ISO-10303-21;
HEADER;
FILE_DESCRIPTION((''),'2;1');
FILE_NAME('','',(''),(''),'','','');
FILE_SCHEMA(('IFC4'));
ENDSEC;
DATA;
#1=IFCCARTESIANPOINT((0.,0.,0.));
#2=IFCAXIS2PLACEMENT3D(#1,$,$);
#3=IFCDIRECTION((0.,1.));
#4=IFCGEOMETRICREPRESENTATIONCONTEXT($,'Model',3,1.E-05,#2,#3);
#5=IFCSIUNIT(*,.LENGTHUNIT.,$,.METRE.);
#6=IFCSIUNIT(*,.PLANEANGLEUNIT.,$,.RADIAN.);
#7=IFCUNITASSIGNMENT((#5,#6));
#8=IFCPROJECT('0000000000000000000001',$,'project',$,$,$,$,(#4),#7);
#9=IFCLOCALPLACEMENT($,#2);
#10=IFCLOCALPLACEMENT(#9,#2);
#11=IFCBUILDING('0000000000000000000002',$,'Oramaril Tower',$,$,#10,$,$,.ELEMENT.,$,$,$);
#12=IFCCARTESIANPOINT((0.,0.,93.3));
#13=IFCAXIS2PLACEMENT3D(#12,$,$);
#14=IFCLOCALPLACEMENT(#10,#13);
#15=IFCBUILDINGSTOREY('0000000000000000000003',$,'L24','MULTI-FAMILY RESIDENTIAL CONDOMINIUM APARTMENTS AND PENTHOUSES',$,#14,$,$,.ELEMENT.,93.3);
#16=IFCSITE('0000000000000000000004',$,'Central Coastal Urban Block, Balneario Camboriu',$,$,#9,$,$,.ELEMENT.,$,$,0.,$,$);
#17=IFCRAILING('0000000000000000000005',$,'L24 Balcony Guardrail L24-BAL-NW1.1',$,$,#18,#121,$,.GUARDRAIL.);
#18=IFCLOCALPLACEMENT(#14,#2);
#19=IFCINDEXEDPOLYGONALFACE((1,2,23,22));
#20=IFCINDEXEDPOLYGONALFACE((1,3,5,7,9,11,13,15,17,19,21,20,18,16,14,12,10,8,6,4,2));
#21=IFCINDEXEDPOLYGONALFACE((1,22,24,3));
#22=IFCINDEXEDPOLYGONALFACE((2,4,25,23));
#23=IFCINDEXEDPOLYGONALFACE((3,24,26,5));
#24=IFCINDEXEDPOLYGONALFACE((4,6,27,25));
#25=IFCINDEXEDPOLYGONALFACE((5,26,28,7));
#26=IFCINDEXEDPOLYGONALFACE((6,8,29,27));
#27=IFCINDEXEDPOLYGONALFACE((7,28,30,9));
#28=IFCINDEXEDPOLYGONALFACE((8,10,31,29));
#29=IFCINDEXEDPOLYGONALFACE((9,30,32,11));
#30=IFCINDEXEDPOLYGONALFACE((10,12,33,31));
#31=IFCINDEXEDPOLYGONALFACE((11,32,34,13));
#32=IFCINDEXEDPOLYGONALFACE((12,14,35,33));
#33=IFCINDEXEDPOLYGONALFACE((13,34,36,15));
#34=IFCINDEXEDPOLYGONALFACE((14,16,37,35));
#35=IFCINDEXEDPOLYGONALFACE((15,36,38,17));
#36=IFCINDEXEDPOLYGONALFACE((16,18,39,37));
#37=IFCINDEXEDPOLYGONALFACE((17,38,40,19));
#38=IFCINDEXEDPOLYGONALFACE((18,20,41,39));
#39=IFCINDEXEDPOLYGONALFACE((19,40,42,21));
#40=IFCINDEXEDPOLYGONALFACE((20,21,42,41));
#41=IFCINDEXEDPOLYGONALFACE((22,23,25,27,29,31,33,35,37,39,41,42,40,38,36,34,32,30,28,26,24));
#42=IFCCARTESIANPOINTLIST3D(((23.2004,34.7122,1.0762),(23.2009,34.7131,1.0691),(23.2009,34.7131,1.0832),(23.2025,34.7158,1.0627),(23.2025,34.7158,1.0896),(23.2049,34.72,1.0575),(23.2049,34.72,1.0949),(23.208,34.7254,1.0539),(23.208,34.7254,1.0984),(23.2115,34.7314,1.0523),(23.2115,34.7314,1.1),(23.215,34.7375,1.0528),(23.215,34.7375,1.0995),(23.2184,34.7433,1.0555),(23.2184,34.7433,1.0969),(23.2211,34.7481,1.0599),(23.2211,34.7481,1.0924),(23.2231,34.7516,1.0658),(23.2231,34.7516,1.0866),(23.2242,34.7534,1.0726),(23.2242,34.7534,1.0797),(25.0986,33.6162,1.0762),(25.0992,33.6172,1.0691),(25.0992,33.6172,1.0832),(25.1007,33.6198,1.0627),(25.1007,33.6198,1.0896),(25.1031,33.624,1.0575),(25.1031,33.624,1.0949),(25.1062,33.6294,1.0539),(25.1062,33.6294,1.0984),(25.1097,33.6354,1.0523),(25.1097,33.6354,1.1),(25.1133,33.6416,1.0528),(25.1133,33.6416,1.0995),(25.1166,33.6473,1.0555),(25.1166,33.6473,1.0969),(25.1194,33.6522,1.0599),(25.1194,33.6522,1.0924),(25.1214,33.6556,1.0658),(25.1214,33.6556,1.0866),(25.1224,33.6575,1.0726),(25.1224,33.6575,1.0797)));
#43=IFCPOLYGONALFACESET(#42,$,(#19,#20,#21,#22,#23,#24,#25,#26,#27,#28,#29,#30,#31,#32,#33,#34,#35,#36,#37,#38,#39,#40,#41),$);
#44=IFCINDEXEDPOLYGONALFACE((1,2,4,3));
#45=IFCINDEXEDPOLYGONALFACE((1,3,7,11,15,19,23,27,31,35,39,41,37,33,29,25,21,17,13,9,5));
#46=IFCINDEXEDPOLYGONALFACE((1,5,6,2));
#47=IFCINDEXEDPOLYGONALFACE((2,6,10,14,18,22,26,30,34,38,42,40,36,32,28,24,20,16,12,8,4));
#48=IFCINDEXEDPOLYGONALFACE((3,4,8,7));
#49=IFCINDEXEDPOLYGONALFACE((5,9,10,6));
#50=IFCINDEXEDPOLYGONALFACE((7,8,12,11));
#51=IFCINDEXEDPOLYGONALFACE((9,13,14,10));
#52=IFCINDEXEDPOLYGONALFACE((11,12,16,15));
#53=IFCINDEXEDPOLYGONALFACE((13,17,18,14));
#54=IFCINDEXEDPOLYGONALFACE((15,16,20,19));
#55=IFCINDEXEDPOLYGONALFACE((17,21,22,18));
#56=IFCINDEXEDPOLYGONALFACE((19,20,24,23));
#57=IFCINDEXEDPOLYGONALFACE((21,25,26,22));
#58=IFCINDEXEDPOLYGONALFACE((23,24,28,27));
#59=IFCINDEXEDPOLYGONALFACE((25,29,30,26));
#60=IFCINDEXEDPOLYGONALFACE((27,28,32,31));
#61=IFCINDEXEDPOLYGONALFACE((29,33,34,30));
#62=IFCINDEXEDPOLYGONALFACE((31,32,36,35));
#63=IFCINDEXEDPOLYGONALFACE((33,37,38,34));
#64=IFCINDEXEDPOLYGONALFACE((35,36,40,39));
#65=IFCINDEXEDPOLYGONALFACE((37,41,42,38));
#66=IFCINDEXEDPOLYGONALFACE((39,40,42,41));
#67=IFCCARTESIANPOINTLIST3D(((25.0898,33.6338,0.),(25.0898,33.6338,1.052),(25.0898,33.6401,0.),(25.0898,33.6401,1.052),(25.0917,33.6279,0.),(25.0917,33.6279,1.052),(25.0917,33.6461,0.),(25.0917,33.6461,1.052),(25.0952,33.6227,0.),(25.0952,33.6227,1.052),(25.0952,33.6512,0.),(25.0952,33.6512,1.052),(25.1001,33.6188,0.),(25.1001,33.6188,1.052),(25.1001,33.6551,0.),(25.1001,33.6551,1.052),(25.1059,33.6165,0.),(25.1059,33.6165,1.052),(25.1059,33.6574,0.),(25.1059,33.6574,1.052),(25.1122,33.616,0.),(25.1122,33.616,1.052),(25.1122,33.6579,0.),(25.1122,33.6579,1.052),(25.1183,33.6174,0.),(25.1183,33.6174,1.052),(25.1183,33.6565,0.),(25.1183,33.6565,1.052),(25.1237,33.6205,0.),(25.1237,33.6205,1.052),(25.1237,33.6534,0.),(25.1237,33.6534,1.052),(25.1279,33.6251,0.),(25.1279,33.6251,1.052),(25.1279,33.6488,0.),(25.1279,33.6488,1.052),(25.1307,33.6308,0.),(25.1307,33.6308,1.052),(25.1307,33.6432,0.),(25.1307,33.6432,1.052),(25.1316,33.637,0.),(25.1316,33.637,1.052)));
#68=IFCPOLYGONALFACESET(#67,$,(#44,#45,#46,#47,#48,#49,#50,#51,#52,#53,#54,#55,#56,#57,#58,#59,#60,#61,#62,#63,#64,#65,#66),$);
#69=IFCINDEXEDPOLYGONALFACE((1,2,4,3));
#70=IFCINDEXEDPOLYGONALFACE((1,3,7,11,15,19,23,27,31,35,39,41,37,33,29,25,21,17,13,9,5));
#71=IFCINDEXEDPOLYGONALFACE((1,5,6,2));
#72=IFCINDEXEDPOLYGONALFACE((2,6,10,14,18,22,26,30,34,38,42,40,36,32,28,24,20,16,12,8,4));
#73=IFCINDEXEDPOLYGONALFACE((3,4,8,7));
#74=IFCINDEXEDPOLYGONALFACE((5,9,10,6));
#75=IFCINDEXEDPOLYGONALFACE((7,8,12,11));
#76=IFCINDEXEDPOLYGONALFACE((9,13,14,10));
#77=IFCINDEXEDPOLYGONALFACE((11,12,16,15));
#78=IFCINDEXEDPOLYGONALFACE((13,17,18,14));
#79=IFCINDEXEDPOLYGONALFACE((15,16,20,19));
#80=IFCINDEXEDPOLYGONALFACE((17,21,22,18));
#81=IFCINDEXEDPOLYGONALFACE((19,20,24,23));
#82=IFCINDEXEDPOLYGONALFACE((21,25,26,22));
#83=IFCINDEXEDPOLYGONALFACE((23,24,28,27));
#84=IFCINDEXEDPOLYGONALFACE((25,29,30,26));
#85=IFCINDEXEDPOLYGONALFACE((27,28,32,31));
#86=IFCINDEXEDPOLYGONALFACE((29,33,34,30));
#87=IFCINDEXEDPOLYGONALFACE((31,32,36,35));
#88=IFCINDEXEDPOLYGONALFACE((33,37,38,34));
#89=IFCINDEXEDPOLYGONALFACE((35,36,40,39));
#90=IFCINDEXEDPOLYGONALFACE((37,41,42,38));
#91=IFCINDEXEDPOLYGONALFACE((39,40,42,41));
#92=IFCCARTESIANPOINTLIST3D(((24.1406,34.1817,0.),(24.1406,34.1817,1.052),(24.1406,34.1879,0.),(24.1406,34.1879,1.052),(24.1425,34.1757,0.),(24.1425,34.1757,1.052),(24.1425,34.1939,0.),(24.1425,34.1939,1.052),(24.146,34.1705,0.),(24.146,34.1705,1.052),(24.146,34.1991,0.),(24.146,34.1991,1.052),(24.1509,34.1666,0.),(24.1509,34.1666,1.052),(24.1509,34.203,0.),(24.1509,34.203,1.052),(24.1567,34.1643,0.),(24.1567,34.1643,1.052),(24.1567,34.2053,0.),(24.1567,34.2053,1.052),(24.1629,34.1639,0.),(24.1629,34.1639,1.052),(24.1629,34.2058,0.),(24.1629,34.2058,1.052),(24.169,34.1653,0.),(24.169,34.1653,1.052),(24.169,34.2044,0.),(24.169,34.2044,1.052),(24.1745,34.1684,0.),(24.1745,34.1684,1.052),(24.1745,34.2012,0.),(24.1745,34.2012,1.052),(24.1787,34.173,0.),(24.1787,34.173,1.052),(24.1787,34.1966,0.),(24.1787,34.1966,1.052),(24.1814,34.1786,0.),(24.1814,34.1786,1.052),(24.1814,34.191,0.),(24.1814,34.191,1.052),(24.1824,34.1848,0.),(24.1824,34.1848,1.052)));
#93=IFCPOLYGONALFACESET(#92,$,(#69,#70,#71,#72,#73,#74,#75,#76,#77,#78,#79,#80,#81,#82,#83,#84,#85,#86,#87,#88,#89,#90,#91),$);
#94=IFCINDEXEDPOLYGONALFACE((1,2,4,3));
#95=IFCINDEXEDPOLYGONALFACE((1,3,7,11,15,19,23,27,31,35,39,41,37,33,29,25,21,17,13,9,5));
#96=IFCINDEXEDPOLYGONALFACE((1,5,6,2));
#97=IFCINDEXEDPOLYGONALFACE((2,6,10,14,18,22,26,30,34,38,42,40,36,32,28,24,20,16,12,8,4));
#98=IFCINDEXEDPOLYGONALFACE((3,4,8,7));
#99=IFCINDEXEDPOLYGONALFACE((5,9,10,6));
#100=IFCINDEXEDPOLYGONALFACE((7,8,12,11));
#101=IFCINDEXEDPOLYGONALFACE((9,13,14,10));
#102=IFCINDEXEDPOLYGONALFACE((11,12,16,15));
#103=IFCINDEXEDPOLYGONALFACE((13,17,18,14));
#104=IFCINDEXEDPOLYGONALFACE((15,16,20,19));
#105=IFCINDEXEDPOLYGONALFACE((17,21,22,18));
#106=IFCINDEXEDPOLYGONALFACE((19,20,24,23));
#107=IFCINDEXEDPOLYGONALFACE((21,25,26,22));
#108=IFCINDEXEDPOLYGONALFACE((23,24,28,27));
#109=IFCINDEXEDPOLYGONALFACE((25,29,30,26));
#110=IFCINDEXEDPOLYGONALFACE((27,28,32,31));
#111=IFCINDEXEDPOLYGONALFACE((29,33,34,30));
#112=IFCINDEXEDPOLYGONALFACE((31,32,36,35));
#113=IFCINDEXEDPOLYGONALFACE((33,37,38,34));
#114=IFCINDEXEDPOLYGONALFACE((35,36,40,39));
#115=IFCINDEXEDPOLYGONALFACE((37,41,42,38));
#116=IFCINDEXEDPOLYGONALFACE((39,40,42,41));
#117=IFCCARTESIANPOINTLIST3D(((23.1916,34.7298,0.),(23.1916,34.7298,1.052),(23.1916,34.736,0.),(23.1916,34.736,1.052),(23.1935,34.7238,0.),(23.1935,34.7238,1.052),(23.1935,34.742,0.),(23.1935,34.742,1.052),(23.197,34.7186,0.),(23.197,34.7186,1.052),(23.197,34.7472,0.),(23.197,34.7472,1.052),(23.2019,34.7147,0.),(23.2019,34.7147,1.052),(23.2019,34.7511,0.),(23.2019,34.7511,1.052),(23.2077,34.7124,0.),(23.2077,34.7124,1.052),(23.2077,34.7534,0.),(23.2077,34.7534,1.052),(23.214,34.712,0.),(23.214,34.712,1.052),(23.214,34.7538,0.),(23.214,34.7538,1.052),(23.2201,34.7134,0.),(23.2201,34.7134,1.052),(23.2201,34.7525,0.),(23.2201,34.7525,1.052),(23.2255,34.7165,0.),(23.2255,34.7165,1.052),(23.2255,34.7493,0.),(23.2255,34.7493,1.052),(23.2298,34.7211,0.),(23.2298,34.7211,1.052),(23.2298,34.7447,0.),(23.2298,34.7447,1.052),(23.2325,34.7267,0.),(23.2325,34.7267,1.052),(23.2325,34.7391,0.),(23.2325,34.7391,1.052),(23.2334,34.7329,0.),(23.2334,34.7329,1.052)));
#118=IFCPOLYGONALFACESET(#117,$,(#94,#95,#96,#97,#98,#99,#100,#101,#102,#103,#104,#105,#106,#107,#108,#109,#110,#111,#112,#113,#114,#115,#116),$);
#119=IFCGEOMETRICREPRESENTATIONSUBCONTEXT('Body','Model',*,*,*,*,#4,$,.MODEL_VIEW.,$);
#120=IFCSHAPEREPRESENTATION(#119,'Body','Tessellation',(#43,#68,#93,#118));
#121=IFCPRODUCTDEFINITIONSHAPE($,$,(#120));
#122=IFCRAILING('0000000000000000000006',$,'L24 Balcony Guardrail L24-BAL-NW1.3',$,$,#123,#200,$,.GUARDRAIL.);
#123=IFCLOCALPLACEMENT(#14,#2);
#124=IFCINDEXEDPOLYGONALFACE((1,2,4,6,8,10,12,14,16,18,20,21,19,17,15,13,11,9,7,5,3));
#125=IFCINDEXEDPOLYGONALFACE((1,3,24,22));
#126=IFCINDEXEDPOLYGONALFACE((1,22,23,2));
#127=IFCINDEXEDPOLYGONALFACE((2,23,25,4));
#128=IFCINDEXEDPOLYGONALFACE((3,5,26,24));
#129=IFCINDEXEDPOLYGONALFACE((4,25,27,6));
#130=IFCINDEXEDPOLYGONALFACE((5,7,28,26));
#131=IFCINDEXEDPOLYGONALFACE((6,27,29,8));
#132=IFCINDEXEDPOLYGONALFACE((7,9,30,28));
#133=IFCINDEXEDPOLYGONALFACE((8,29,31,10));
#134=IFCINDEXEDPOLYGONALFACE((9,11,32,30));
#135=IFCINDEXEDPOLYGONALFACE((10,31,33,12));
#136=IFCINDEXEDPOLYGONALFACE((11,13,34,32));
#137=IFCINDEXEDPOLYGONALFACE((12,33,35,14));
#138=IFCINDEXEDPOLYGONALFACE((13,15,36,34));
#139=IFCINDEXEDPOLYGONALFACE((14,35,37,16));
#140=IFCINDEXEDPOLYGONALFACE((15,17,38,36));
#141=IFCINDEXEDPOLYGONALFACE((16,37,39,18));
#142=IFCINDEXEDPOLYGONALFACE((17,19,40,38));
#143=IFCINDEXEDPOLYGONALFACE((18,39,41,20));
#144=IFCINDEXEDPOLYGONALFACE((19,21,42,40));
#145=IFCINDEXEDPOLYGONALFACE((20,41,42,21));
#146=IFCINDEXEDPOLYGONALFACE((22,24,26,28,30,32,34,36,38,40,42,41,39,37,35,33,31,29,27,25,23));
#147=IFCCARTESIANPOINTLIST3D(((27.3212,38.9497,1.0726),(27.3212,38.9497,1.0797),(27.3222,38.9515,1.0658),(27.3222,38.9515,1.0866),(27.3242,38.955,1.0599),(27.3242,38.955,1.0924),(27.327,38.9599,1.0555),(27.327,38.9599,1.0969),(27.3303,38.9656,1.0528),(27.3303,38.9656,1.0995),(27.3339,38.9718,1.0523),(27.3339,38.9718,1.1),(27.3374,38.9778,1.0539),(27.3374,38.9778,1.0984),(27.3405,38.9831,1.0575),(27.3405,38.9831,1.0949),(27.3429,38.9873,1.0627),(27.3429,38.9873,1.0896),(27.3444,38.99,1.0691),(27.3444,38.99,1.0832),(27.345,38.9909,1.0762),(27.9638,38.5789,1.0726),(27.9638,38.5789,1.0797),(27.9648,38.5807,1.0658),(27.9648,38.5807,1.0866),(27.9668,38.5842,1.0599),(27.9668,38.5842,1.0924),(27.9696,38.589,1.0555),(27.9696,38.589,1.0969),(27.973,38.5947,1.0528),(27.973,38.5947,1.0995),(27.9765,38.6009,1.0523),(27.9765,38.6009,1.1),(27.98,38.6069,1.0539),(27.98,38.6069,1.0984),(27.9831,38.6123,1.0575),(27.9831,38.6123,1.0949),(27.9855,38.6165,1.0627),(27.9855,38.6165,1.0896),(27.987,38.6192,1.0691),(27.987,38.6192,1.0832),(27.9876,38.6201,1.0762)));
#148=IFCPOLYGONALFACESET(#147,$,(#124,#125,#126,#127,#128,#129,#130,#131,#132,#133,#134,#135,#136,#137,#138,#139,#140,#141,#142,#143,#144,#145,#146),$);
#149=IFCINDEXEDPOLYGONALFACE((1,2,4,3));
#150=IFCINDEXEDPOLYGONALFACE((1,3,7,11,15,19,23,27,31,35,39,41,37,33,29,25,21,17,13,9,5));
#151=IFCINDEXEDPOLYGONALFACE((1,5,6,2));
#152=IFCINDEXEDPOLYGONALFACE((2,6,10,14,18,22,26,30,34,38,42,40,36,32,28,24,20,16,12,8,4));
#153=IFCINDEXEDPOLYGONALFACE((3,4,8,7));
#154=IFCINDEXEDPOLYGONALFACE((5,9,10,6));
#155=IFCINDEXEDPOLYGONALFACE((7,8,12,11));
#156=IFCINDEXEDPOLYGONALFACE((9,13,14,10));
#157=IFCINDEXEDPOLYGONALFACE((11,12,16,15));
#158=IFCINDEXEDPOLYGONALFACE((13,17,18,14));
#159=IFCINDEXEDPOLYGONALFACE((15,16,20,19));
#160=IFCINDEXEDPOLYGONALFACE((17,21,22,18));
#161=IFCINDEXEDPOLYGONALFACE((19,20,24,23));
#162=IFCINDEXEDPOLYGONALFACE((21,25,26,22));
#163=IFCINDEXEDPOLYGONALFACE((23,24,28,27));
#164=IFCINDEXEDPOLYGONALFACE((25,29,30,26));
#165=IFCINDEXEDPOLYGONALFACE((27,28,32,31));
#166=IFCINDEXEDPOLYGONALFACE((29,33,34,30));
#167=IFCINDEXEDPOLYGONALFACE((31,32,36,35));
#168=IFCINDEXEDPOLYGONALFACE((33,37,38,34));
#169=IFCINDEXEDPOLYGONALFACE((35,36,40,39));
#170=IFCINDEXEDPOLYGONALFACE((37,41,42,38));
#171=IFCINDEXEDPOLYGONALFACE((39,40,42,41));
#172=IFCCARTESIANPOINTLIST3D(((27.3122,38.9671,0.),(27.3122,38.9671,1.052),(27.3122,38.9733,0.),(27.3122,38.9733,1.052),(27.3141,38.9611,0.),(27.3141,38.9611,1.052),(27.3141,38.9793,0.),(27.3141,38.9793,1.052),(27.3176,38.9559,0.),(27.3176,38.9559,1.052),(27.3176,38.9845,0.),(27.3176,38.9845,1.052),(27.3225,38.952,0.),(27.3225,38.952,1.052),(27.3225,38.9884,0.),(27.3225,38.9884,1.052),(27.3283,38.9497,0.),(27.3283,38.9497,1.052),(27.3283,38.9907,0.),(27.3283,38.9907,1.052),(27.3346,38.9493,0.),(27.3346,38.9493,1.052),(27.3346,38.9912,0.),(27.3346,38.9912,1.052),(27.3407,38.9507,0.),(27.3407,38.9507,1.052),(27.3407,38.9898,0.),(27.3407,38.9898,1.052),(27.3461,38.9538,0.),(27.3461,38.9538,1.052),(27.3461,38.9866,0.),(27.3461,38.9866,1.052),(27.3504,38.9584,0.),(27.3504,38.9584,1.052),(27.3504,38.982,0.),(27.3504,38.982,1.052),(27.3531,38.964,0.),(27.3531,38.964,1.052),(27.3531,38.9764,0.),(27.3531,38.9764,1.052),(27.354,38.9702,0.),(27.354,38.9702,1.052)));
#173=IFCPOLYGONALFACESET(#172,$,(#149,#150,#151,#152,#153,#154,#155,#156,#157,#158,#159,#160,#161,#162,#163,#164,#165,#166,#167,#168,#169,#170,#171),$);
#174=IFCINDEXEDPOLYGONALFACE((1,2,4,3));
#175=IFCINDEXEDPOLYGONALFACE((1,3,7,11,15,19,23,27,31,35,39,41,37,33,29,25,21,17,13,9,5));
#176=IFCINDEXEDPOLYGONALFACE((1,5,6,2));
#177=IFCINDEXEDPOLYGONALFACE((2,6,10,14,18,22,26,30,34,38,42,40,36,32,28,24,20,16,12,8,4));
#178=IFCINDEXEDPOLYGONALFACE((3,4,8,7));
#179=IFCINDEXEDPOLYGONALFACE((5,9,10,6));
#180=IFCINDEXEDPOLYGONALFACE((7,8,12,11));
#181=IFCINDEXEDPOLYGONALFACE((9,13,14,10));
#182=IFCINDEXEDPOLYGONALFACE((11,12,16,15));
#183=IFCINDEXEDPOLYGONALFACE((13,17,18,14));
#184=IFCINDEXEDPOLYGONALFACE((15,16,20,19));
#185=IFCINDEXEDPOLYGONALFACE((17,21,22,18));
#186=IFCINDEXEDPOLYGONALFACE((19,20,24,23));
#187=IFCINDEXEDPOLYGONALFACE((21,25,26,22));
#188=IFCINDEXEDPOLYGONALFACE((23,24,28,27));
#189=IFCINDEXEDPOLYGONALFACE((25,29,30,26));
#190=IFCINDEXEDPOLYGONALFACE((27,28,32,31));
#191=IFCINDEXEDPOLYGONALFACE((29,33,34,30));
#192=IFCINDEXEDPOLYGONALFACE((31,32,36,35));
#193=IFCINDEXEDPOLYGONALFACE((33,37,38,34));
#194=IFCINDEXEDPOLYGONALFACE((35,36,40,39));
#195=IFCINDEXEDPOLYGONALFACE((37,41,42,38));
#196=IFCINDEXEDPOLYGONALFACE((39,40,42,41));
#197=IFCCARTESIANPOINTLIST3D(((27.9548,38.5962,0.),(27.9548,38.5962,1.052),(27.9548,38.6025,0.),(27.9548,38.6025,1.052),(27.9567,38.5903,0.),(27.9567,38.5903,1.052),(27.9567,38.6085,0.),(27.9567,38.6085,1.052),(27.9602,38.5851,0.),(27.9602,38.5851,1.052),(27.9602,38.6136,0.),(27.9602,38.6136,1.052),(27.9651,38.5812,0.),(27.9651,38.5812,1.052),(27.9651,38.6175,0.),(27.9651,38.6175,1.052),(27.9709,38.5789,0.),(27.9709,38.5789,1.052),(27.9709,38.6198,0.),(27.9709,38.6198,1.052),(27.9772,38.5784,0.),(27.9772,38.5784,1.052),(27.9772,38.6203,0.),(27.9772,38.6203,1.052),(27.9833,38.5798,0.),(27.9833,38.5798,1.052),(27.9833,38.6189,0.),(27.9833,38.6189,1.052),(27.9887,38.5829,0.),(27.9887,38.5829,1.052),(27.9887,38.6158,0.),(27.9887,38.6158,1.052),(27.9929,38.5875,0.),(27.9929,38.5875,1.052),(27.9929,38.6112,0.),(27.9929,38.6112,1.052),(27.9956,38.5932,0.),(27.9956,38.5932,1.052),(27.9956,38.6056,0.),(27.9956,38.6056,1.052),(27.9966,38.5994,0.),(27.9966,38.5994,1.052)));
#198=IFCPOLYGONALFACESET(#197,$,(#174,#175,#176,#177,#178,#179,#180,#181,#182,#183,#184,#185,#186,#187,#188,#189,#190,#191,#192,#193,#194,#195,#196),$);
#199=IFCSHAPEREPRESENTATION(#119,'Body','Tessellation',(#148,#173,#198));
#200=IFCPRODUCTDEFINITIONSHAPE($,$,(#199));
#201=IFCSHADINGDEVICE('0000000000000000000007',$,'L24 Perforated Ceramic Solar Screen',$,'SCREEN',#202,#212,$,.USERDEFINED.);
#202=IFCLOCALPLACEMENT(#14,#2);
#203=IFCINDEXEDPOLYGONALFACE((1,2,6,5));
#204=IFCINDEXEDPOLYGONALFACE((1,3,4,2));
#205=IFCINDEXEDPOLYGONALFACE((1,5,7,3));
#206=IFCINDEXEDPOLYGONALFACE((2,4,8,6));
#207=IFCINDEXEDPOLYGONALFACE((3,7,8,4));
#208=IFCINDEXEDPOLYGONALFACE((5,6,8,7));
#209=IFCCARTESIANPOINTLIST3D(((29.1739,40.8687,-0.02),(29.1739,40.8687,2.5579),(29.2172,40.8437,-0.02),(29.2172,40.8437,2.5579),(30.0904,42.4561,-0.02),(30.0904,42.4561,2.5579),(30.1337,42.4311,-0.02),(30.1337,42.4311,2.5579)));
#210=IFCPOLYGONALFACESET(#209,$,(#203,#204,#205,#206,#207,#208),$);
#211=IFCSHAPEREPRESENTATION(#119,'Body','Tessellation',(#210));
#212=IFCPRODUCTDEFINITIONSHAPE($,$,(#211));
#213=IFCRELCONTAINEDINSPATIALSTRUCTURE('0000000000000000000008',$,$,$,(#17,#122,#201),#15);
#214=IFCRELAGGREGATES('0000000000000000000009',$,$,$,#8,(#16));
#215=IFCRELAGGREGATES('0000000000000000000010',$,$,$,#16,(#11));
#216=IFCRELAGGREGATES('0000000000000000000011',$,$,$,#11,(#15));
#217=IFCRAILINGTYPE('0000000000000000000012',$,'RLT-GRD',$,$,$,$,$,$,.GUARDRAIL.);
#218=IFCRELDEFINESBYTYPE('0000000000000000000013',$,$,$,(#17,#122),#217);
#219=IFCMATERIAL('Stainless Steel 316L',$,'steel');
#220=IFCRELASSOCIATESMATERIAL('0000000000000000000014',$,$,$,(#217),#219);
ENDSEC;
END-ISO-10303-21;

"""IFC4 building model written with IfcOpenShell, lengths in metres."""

from ifc_helpers import new_model, si_unit, direction, frame, origin, origin_2d, place, context, subcontext, project, spatial, rectangle, circle, extrude, material, type_object, element, save


model = new_model("IFC4")

# Units and contexts
model_context = context("Model", 3, precision=1e-05, world=origin(), true_north=direction((0.0, 1.0)))
body_context = subcontext(model_context, "Body", "Model", "MODEL_VIEW")
ifc_project = project(units=[si_unit("LENGTHUNIT", "METRE"), si_unit("PLANEANGLEUNIT", "RADIAN")], contexts=[model_context])

# Site, building, storey
site_placement = place(None, origin())
site = spatial("IfcSite", under=ifc_project, at=site_placement, Name="Central Coastal Urban Block, Balneario Camboriu", CompositionType="ELEMENT", RefElevation=0.0)
building_placement = place(site_placement, origin())
building = spatial("IfcBuilding", under=site, at=building_placement, Name="Oramaril Tower", CompositionType="ELEMENT")
storey_placement = place(building_placement, frame((0.0, 0.0, 93.3)))
storey = spatial("IfcBuildingStorey", under=building, at=storey_placement, Name="L24", Description="MULTI-FAMILY RESIDENTIAL CONDOMINIUM APARTMENTS AND PENTHOUSES", CompositionType="ELEMENT", Elevation=93.3)

# Railings
ifc_material_1 = material(Name="Stainless Steel 316L", Category="steel")
railing_type = type_object("IfcRailingType", Name="RLT-GRD", PredefinedType="GUARDRAIL", material=ifc_material_1)
railing_1_placement = place(storey_placement, frame((25.1106, 33.637, 0.0)))
element("IfcRailing", 1, at=railing_1_placement, inside=storey, type_object=railing_type, Name="L24 Balcony Guardrail L24-BAL-NW1.1", PredefinedType="GUARDRAIL", context=body_context, shape_type="SweptSolid", body=[
    extrude(circle(Radius=0.0239, at=origin_2d()), frame((0.0, 0.0, 1.0762), z_axis=(-0.866021, 0.500008, 0.0), x_axis=(-0.500008, -0.866021, 0.0)), (0.0, 0.0, 1.0), 2.1919),
    extrude(circle(Radius=0.021, at=origin_2d()), origin(), (0.0, 0.0, 1.0), 1.052),
    extrude(circle(Radius=0.021, at=origin_2d()), frame((-0.9492, 0.5479, 0.0)), (0.0, 0.0, 1.0), 1.052),
    extrude(circle(Radius=0.021, at=origin_2d()), frame((-1.8982, 1.0959, 0.0)), (0.0, 0.0, 1.0), 1.052),
])
railing_2_placement = place(storey_placement, frame((27.333, 38.9702, 0.0)))
element("IfcRailing", 2, at=railing_2_placement, inside=storey, type_object=railing_type, Name="L24 Balcony Guardrail L24-BAL-NW1.3", PredefinedType="GUARDRAIL", context=body_context, shape_type="SweptSolid", body=[
    extrude(circle(Radius=0.0239, at=origin_2d()), frame((0.0, 0.0, 1.0762), z_axis=(0.866109, -0.499855, 0.0), x_axis=(0.499855, 0.866109, 0.0)), (0.0, 0.0, 1.0), 0.7419),
    extrude(circle(Radius=0.021, at=origin_2d()), origin(), (0.0, 0.0, 1.0), 1.052),
    extrude(circle(Radius=0.021, at=origin_2d()), frame((0.6426, -0.3708, 0.0)), (0.0, 0.0, 1.0), 1.052),
])

# Shading device
for number, where, z_axis, x_axis, name in (
    (3, (29.6538, 41.6499, -0.02), (0.0, 0.0, 1.0), (-0.5, -0.866025, 0.0), "L24 Perforated Ceramic Solar Screen"),
):
    element("IfcShadingDevice", number, at=place(storey_placement, frame(where, z_axis=z_axis, x_axis=x_axis)), inside=storey, Name=name, ObjectType="SCREEN", PredefinedType="USERDEFINED", context=body_context, shape_type="SweptSolid", body=[
        extrude(rectangle(XDim=1.833, YDim=0.05, at=origin_2d()), origin(), (0.0, 0.0, 1.0), 2.5779),
    ])

save(model, "model.ifc")
